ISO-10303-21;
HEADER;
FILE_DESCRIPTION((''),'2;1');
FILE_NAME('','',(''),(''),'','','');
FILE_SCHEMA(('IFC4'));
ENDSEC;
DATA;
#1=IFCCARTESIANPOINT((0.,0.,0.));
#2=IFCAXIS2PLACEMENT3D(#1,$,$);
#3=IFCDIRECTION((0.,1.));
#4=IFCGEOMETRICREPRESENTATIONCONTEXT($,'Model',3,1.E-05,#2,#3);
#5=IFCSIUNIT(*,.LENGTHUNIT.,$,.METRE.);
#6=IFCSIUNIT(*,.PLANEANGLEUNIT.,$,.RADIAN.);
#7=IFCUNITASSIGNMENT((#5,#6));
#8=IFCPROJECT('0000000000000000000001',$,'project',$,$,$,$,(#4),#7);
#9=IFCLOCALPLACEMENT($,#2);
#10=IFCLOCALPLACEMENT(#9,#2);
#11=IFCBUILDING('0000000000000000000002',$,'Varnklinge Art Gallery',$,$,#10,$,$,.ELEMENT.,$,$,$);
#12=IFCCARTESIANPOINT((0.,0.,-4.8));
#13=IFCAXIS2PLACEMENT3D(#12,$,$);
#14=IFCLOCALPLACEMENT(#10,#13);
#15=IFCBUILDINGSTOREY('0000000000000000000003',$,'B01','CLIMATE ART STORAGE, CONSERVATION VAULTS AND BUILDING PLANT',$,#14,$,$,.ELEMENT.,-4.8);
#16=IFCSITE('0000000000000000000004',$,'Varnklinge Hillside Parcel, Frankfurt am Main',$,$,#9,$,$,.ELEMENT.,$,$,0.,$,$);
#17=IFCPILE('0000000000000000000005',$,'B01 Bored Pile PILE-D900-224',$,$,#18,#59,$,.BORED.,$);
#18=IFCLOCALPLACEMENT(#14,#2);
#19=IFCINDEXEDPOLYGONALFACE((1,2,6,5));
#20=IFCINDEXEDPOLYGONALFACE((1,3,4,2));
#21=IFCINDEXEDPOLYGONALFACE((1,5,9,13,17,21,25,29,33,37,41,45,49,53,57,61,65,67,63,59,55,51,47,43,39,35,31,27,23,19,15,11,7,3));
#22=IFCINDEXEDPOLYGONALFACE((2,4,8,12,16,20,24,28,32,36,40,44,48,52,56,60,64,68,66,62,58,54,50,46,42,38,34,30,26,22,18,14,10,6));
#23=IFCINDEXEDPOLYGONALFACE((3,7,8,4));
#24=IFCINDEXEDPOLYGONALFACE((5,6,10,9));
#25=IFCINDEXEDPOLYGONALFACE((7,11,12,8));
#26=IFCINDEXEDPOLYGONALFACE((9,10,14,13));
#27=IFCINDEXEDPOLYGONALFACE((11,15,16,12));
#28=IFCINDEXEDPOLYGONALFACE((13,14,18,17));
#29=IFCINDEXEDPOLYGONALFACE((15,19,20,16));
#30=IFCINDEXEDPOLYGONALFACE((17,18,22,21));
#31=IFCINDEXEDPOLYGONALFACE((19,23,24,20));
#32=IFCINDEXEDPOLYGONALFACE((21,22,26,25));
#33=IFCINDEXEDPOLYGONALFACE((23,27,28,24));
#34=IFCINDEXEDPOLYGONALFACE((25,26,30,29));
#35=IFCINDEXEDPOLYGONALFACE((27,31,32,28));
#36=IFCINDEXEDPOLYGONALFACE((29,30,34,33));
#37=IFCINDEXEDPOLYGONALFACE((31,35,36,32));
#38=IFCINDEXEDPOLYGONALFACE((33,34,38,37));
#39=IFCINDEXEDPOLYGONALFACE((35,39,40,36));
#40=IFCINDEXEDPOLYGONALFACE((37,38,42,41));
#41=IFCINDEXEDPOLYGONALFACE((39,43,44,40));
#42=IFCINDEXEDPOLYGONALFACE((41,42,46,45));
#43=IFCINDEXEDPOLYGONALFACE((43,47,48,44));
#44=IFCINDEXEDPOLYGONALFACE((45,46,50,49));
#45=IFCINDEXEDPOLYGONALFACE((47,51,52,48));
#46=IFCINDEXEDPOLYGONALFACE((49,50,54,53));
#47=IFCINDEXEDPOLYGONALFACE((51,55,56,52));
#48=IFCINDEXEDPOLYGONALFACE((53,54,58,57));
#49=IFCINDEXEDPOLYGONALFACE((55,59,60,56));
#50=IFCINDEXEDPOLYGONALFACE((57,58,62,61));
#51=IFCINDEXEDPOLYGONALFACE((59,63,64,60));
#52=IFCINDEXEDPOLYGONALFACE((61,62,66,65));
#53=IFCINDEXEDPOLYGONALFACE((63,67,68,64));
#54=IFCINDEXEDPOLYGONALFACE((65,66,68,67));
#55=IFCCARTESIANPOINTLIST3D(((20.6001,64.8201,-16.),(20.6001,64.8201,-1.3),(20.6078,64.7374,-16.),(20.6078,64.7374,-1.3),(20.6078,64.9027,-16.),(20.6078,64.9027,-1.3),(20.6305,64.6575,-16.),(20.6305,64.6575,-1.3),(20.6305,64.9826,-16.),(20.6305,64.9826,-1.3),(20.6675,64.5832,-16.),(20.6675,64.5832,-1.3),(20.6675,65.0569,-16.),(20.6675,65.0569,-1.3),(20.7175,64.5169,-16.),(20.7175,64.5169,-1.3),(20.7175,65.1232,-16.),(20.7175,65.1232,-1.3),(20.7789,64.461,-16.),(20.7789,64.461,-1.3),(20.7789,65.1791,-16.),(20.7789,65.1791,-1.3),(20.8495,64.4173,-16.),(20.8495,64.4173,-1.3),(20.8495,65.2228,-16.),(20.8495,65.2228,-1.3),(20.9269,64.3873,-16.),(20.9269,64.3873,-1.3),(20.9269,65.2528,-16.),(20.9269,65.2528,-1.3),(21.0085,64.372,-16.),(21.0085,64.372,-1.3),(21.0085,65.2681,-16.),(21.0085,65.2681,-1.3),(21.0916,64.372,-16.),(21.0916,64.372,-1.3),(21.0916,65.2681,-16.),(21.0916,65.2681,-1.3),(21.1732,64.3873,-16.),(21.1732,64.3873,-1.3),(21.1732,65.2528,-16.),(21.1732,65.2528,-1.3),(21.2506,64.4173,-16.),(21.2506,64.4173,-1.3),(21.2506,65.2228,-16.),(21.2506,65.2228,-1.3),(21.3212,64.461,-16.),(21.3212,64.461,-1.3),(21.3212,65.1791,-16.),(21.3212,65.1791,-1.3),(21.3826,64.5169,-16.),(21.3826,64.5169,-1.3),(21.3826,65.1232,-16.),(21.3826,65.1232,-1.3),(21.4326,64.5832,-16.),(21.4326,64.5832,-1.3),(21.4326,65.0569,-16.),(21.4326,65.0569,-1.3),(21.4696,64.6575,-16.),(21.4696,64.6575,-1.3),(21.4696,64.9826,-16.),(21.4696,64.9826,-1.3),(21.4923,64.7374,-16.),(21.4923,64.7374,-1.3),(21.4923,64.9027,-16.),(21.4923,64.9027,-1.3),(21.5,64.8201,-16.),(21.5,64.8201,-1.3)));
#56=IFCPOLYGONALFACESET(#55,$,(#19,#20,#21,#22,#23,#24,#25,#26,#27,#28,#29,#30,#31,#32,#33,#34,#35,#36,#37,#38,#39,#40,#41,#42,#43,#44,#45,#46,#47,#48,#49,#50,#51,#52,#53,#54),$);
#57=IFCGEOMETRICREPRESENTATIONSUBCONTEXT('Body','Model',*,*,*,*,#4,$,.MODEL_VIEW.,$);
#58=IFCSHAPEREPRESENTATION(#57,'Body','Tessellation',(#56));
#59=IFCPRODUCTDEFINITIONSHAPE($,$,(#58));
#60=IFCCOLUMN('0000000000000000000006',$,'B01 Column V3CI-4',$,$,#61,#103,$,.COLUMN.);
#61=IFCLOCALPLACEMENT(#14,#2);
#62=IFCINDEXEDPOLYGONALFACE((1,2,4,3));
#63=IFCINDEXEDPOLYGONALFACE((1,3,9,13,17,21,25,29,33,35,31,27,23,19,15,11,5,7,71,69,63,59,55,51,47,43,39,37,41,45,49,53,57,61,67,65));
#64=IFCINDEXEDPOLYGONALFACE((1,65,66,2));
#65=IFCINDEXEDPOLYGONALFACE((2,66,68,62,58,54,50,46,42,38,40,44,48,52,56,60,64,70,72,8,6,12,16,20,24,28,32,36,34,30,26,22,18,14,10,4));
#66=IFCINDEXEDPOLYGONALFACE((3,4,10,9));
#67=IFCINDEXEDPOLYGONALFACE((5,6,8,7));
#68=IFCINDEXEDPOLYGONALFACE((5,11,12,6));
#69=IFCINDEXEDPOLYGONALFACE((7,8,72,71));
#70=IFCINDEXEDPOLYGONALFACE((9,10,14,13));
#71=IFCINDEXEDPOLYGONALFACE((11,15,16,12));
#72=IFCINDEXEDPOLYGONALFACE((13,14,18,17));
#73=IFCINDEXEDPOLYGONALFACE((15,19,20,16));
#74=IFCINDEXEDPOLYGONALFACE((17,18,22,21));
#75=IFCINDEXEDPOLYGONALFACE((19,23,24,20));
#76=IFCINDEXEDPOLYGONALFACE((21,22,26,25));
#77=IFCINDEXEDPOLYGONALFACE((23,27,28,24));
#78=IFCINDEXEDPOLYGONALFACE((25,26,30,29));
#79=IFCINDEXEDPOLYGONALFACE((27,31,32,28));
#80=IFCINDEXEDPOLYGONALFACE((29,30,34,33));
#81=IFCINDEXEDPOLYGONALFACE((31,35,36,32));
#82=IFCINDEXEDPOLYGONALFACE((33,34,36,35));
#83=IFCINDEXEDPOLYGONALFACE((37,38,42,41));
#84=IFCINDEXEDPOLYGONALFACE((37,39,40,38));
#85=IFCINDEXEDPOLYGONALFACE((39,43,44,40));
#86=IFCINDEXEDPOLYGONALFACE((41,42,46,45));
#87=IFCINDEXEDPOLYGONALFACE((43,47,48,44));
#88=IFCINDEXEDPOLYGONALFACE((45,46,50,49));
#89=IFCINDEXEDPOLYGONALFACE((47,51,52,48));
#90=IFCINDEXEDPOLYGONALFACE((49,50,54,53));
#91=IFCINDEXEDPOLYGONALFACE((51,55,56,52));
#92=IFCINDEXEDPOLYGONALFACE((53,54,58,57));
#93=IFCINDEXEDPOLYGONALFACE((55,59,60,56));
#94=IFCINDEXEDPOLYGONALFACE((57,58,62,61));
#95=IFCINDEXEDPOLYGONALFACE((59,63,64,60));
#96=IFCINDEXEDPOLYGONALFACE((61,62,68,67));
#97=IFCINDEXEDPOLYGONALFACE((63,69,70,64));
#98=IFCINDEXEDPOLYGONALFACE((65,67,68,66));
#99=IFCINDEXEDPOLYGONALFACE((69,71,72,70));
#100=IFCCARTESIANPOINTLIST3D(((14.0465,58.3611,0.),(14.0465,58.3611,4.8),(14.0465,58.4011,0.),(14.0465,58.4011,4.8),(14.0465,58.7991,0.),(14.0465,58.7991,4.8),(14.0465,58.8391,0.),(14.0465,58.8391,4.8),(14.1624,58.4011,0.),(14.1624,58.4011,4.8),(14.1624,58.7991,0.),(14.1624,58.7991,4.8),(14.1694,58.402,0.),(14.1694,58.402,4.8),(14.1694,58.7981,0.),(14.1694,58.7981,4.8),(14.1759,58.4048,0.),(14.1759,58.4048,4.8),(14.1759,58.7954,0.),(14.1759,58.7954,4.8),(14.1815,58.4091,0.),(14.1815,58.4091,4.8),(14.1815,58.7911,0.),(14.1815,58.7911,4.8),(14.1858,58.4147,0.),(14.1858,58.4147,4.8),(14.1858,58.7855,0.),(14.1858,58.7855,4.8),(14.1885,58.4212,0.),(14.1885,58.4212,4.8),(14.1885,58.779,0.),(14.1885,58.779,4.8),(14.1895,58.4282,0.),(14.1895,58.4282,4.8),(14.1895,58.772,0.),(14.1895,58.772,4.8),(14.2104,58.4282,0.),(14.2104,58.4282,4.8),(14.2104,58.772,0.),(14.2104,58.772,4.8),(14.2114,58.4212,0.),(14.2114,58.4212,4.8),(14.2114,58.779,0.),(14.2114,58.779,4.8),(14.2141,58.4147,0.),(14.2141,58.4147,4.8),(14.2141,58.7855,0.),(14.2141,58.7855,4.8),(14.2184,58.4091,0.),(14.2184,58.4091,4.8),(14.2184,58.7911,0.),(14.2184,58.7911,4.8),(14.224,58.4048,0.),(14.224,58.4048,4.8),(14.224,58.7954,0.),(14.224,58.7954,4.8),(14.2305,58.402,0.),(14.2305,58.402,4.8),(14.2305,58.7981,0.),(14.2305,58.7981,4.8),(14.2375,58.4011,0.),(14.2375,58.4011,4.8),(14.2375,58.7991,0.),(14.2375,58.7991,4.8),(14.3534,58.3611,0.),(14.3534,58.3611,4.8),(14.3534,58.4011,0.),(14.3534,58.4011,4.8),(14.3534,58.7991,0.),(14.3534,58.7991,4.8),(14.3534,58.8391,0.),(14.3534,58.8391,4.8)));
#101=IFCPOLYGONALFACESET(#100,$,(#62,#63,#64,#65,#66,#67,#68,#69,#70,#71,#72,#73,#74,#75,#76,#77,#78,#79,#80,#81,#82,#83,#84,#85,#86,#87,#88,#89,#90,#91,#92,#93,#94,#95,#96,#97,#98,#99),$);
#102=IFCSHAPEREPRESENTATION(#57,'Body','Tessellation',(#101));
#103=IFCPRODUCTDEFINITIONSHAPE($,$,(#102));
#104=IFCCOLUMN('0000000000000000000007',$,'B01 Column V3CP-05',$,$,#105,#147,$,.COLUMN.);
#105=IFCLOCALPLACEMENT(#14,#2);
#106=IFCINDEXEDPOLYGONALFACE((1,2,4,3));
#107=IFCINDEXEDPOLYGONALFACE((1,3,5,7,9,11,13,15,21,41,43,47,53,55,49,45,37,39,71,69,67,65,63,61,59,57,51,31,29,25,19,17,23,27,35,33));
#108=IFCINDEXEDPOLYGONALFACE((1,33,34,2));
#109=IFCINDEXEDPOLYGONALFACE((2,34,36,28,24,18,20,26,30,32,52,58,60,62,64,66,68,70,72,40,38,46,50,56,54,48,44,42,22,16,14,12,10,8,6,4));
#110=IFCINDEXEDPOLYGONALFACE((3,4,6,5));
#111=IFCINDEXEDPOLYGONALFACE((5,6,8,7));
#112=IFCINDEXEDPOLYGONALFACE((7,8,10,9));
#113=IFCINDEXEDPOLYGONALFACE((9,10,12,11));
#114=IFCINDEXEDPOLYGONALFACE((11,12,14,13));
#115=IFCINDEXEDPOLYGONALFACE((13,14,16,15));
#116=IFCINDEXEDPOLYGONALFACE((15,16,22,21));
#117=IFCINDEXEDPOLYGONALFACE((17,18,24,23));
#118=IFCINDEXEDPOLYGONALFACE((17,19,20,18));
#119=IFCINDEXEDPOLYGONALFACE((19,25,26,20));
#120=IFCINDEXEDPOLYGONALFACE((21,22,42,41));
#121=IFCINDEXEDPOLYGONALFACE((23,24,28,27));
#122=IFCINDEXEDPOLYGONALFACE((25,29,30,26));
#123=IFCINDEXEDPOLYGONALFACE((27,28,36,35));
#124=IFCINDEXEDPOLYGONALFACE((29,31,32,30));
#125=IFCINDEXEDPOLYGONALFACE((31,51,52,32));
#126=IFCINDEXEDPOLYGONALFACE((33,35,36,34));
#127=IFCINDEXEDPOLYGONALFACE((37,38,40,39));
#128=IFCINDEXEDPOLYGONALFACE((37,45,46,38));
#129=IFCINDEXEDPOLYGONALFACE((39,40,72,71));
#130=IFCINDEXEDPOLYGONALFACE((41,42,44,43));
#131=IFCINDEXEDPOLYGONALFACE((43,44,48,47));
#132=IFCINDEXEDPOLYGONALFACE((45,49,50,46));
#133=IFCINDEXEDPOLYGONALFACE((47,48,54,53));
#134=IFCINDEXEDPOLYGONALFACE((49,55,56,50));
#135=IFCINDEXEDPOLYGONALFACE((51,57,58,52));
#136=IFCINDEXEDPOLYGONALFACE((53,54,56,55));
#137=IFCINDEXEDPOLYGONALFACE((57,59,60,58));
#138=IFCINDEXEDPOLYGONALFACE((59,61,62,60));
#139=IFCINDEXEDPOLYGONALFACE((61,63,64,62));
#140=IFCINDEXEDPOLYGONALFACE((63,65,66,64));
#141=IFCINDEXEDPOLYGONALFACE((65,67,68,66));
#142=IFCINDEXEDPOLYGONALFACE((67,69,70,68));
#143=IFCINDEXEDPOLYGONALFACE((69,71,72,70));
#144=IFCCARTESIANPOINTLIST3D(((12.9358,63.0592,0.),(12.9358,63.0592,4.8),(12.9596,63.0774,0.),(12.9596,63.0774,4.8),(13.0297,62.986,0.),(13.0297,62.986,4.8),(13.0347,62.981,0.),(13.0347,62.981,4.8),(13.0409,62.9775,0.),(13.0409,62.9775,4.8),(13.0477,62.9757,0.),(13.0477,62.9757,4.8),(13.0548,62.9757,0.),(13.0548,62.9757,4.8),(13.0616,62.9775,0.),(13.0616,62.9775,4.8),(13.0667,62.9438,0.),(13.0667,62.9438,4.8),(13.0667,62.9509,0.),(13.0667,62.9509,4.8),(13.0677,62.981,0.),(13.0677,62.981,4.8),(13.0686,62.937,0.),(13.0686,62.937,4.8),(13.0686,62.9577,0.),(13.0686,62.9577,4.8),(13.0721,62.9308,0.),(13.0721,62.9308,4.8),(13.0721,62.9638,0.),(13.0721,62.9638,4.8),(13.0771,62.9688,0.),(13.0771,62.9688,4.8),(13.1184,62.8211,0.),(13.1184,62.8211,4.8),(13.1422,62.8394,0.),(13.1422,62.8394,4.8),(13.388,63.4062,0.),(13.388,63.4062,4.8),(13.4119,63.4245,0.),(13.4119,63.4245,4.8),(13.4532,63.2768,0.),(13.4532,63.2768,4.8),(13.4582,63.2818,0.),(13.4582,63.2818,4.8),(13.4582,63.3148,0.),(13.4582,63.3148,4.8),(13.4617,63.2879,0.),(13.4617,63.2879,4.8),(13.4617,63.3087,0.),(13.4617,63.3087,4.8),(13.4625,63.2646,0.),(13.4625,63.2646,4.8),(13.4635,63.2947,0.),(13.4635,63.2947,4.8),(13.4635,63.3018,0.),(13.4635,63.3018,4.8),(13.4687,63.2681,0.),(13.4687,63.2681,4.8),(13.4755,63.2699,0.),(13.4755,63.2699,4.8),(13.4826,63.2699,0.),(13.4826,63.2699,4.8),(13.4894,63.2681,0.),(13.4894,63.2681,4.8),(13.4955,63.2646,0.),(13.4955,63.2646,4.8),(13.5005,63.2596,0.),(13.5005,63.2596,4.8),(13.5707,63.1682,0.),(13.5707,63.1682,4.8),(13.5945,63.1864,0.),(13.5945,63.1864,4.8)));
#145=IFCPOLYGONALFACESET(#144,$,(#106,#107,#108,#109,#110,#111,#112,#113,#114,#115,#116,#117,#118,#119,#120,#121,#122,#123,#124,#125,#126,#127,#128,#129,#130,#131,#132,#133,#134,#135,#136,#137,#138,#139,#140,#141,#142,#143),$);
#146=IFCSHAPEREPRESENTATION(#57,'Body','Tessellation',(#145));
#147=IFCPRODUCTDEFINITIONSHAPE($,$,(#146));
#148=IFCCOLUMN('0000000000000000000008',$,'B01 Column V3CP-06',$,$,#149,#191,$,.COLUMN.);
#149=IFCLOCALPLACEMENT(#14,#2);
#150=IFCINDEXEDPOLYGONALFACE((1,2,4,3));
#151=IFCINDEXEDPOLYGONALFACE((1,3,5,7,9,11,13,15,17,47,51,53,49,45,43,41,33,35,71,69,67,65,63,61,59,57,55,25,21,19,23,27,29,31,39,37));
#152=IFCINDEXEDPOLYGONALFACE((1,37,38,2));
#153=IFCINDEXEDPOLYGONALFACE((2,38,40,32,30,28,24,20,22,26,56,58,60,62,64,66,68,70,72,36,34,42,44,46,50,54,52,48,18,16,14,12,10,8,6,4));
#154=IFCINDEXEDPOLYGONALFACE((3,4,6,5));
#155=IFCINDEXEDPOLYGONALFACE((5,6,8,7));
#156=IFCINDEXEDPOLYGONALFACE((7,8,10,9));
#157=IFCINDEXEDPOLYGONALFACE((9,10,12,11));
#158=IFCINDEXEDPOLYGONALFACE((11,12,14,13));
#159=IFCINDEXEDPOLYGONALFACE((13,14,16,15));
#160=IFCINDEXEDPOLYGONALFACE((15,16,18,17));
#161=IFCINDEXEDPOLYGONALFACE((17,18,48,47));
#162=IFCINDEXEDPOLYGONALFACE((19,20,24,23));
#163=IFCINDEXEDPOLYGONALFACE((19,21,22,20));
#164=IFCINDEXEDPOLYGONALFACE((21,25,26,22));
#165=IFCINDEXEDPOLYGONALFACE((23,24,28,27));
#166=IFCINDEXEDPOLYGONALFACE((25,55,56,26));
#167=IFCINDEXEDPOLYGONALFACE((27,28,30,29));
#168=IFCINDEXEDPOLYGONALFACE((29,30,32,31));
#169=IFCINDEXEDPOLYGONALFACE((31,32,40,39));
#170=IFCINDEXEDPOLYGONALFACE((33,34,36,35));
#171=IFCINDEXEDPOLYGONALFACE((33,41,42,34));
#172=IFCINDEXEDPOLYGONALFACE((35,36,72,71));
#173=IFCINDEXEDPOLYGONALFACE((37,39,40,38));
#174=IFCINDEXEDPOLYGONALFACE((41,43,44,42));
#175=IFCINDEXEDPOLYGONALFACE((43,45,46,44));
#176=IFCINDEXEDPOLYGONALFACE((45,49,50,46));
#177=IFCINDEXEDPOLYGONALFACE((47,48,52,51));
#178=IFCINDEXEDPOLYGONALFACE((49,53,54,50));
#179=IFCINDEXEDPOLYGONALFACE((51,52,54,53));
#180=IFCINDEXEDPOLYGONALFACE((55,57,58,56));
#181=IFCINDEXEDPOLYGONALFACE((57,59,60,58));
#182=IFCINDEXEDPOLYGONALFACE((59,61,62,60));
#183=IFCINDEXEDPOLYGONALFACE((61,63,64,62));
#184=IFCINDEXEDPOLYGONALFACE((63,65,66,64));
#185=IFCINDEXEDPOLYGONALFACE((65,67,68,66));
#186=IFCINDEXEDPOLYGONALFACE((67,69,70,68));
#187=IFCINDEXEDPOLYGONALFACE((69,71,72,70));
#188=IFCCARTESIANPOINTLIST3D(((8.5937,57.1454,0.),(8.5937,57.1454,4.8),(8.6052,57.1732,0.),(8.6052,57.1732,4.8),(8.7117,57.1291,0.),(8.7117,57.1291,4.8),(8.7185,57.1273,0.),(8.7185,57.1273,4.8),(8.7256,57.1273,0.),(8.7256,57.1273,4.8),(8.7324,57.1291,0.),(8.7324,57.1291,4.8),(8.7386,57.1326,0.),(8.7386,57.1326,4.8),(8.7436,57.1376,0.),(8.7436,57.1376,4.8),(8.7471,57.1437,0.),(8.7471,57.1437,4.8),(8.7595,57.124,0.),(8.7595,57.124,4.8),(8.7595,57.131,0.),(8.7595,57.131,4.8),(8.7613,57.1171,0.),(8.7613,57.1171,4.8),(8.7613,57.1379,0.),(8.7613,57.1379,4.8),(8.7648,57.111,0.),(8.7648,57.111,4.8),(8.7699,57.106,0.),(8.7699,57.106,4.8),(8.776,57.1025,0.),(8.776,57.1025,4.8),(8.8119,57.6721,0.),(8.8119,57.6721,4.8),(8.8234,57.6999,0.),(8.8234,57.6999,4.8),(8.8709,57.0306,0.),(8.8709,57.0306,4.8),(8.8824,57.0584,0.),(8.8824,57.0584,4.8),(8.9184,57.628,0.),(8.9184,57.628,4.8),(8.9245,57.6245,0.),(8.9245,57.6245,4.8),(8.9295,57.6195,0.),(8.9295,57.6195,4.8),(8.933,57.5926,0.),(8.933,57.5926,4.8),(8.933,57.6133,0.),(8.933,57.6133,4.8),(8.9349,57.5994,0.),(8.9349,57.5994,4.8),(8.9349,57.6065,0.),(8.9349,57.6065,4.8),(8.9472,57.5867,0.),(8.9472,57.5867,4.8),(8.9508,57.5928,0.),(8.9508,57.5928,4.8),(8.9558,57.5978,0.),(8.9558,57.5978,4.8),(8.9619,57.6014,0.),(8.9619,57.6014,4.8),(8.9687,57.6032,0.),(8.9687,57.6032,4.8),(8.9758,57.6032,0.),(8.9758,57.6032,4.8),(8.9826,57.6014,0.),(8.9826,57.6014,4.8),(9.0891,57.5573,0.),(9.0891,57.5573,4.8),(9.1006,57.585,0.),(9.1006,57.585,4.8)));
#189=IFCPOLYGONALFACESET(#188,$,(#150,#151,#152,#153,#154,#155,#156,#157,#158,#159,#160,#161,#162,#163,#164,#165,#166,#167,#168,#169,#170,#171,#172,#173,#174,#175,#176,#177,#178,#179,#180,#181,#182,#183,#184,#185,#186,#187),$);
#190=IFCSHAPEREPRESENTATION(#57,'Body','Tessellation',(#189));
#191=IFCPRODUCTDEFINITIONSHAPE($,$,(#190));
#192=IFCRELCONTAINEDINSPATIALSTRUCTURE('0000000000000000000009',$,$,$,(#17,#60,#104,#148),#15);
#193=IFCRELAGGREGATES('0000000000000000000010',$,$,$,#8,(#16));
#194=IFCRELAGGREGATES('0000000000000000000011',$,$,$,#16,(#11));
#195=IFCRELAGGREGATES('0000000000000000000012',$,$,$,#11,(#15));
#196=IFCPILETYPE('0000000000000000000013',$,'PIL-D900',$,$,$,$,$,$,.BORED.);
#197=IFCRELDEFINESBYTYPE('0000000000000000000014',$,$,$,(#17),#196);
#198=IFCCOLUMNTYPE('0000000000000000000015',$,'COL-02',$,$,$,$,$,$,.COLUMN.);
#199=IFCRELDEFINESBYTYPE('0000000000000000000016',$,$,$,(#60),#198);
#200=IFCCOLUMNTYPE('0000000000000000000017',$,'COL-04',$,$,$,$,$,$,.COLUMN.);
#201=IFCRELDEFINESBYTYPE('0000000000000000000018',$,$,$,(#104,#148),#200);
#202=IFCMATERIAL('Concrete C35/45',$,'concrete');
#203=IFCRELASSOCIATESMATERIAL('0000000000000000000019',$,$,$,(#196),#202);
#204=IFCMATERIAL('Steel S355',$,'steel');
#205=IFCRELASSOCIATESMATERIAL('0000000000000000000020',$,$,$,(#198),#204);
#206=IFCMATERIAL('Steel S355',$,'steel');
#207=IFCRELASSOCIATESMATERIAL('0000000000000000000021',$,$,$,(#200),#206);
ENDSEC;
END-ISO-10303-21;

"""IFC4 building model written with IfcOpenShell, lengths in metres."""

from ifc_helpers import new_model, si_unit, direction, frame, origin, origin_2d, place, context, subcontext, project, spatial, circle, i_section, extrude, material, material_profile, profile_set, type_object, element, save


model = new_model("IFC4")

# Units and contexts
model_context = context("Model", 3, precision=1e-05, world=origin(), true_north=direction((0.0, 1.0)))
body_context = subcontext(model_context, "Body", "Model", "MODEL_VIEW")
ifc_project = project(units=[si_unit("LENGTHUNIT", "METRE"), si_unit("PLANEANGLEUNIT", "RADIAN")], contexts=[model_context])

# Site, building, storey
site_placement = place(None, origin())
site = spatial("IfcSite", under=ifc_project, at=site_placement, Name="Varnklinge Hillside Parcel, Frankfurt am Main", CompositionType="ELEMENT", RefElevation=0.0)
building_placement = place(site_placement, origin())
building = spatial("IfcBuilding", under=site, at=building_placement, Name="Varnklinge Art Gallery", CompositionType="ELEMENT")
storey_placement = place(building_placement, frame((0.0, 0.0, -4.8)))
storey = spatial("IfcBuildingStorey", under=building, at=storey_placement, Name="B01", Description="CLIMATE ART STORAGE, CONSERVATION VAULTS AND BUILDING PLANT", CompositionType="ELEMENT", Elevation=-4.8)

# Pile
ifc_material_1 = material(Name="Concrete C35/45", Category="concrete")
ifc_material_profile_1 = material_profile(ifc_material_1, circle(Radius=0.45, at=origin_2d()), Name="PILE D900")
ifc_profile_set_1 = profile_set([ifc_material_profile_1], Name="Concrete C35/45")
pile_type = type_object("IfcPileType", Name="PIL-D900", PredefinedType="BORED", material=ifc_profile_set_1)
for number, where, z_axis, x_axis, name in (
    (1, (21.05, 64.8201, -1.3), (0.0, 0.0, -1.0), (1.0, 0.0, 0.0), "B01 Bored Pile PILE-D900-224"),
):
    element("IfcPile", number, at=place(storey_placement, frame(where, z_axis=z_axis, x_axis=x_axis)), inside=storey, type_object=pile_type, Name=name, PredefinedType="BORED", context=body_context, shape_type="SweptSolid", body=[
        extrude(circle(Radius=0.45, at=origin_2d()), origin(), (0.0, 0.0, 1.0), 14.7),
    ])

# Columns
ifc_material_2 = material(Name="Steel S355", Category="steel")
ifc_material_profile_2 = material_profile(ifc_material_2, i_section(OverallWidth=0.3069, OverallDepth=0.478, WebThickness=0.021, FlangeThickness=0.04, FilletRadius=0.0271, at=origin_2d()), Name="HEM 450")
ifc_profile_set_2 = profile_set([ifc_material_profile_2], Name="Steel S355")
column_type_1 = type_object("IfcColumnType", Name="COL-02", PredefinedType="COLUMN", material=ifc_profile_set_2)
column_placement = place(storey_placement, frame((14.2, 58.6001, 0.0), z_axis=(0.0, 0.0, 1.0), x_axis=(1.0, 0.0, 0.0)))
element("IfcColumn", 2, at=column_placement, inside=storey, type_object=column_type_1, Name="B01 Column V3CI-4", PredefinedType="COLUMN", context=body_context, shape_type="SweptSolid", body=[
    extrude(i_section(OverallWidth=0.3069, OverallDepth=0.478, WebThickness=0.021, FlangeThickness=0.04, FilletRadius=0.0271, at=origin_2d()), origin(), (0.0, 0.0, 1.0), 4.8),
])
ifc_material_3 = material(Name="Steel S355", Category="steel")
ifc_material_profile_3 = material_profile(ifc_material_3, i_section(OverallWidth=0.3, OverallDepth=0.6001, WebThickness=0.0154, FlangeThickness=0.03, FilletRadius=0.0271, at=origin_2d()), Name="HEB 600")
ifc_profile_set_3 = profile_set([ifc_material_profile_3], Name="Steel S355")
column_type_2 = type_object("IfcColumnType", Name="COL-04", PredefinedType="COLUMN", material=ifc_profile_set_3)
for number, where, z_axis, x_axis, name in (
    (3, (13.2651, 63.1228, 0.0), (0.0, 0.0, 1.0), (-0.608761, 0.793353, 0.0), "B01 Column V3CP-05"),
    (4, (8.8472, 57.3652, 0.0), (0.0, 0.0, 1.0), (-0.92388, 0.382683, 0.0), "B01 Column V3CP-06"),
):
    element("IfcColumn", number, at=place(storey_placement, frame(where, z_axis=z_axis, x_axis=x_axis)), inside=storey, type_object=column_type_2, Name=name, PredefinedType="COLUMN", context=body_context, shape_type="SweptSolid", body=[
        extrude(i_section(OverallWidth=0.3, OverallDepth=0.6001, WebThickness=0.0154, FlangeThickness=0.03, FilletRadius=0.0271, at=origin_2d()), origin(), (0.0, 0.0, 1.0), 4.8),
    ])

save(model, "model.ifc")
